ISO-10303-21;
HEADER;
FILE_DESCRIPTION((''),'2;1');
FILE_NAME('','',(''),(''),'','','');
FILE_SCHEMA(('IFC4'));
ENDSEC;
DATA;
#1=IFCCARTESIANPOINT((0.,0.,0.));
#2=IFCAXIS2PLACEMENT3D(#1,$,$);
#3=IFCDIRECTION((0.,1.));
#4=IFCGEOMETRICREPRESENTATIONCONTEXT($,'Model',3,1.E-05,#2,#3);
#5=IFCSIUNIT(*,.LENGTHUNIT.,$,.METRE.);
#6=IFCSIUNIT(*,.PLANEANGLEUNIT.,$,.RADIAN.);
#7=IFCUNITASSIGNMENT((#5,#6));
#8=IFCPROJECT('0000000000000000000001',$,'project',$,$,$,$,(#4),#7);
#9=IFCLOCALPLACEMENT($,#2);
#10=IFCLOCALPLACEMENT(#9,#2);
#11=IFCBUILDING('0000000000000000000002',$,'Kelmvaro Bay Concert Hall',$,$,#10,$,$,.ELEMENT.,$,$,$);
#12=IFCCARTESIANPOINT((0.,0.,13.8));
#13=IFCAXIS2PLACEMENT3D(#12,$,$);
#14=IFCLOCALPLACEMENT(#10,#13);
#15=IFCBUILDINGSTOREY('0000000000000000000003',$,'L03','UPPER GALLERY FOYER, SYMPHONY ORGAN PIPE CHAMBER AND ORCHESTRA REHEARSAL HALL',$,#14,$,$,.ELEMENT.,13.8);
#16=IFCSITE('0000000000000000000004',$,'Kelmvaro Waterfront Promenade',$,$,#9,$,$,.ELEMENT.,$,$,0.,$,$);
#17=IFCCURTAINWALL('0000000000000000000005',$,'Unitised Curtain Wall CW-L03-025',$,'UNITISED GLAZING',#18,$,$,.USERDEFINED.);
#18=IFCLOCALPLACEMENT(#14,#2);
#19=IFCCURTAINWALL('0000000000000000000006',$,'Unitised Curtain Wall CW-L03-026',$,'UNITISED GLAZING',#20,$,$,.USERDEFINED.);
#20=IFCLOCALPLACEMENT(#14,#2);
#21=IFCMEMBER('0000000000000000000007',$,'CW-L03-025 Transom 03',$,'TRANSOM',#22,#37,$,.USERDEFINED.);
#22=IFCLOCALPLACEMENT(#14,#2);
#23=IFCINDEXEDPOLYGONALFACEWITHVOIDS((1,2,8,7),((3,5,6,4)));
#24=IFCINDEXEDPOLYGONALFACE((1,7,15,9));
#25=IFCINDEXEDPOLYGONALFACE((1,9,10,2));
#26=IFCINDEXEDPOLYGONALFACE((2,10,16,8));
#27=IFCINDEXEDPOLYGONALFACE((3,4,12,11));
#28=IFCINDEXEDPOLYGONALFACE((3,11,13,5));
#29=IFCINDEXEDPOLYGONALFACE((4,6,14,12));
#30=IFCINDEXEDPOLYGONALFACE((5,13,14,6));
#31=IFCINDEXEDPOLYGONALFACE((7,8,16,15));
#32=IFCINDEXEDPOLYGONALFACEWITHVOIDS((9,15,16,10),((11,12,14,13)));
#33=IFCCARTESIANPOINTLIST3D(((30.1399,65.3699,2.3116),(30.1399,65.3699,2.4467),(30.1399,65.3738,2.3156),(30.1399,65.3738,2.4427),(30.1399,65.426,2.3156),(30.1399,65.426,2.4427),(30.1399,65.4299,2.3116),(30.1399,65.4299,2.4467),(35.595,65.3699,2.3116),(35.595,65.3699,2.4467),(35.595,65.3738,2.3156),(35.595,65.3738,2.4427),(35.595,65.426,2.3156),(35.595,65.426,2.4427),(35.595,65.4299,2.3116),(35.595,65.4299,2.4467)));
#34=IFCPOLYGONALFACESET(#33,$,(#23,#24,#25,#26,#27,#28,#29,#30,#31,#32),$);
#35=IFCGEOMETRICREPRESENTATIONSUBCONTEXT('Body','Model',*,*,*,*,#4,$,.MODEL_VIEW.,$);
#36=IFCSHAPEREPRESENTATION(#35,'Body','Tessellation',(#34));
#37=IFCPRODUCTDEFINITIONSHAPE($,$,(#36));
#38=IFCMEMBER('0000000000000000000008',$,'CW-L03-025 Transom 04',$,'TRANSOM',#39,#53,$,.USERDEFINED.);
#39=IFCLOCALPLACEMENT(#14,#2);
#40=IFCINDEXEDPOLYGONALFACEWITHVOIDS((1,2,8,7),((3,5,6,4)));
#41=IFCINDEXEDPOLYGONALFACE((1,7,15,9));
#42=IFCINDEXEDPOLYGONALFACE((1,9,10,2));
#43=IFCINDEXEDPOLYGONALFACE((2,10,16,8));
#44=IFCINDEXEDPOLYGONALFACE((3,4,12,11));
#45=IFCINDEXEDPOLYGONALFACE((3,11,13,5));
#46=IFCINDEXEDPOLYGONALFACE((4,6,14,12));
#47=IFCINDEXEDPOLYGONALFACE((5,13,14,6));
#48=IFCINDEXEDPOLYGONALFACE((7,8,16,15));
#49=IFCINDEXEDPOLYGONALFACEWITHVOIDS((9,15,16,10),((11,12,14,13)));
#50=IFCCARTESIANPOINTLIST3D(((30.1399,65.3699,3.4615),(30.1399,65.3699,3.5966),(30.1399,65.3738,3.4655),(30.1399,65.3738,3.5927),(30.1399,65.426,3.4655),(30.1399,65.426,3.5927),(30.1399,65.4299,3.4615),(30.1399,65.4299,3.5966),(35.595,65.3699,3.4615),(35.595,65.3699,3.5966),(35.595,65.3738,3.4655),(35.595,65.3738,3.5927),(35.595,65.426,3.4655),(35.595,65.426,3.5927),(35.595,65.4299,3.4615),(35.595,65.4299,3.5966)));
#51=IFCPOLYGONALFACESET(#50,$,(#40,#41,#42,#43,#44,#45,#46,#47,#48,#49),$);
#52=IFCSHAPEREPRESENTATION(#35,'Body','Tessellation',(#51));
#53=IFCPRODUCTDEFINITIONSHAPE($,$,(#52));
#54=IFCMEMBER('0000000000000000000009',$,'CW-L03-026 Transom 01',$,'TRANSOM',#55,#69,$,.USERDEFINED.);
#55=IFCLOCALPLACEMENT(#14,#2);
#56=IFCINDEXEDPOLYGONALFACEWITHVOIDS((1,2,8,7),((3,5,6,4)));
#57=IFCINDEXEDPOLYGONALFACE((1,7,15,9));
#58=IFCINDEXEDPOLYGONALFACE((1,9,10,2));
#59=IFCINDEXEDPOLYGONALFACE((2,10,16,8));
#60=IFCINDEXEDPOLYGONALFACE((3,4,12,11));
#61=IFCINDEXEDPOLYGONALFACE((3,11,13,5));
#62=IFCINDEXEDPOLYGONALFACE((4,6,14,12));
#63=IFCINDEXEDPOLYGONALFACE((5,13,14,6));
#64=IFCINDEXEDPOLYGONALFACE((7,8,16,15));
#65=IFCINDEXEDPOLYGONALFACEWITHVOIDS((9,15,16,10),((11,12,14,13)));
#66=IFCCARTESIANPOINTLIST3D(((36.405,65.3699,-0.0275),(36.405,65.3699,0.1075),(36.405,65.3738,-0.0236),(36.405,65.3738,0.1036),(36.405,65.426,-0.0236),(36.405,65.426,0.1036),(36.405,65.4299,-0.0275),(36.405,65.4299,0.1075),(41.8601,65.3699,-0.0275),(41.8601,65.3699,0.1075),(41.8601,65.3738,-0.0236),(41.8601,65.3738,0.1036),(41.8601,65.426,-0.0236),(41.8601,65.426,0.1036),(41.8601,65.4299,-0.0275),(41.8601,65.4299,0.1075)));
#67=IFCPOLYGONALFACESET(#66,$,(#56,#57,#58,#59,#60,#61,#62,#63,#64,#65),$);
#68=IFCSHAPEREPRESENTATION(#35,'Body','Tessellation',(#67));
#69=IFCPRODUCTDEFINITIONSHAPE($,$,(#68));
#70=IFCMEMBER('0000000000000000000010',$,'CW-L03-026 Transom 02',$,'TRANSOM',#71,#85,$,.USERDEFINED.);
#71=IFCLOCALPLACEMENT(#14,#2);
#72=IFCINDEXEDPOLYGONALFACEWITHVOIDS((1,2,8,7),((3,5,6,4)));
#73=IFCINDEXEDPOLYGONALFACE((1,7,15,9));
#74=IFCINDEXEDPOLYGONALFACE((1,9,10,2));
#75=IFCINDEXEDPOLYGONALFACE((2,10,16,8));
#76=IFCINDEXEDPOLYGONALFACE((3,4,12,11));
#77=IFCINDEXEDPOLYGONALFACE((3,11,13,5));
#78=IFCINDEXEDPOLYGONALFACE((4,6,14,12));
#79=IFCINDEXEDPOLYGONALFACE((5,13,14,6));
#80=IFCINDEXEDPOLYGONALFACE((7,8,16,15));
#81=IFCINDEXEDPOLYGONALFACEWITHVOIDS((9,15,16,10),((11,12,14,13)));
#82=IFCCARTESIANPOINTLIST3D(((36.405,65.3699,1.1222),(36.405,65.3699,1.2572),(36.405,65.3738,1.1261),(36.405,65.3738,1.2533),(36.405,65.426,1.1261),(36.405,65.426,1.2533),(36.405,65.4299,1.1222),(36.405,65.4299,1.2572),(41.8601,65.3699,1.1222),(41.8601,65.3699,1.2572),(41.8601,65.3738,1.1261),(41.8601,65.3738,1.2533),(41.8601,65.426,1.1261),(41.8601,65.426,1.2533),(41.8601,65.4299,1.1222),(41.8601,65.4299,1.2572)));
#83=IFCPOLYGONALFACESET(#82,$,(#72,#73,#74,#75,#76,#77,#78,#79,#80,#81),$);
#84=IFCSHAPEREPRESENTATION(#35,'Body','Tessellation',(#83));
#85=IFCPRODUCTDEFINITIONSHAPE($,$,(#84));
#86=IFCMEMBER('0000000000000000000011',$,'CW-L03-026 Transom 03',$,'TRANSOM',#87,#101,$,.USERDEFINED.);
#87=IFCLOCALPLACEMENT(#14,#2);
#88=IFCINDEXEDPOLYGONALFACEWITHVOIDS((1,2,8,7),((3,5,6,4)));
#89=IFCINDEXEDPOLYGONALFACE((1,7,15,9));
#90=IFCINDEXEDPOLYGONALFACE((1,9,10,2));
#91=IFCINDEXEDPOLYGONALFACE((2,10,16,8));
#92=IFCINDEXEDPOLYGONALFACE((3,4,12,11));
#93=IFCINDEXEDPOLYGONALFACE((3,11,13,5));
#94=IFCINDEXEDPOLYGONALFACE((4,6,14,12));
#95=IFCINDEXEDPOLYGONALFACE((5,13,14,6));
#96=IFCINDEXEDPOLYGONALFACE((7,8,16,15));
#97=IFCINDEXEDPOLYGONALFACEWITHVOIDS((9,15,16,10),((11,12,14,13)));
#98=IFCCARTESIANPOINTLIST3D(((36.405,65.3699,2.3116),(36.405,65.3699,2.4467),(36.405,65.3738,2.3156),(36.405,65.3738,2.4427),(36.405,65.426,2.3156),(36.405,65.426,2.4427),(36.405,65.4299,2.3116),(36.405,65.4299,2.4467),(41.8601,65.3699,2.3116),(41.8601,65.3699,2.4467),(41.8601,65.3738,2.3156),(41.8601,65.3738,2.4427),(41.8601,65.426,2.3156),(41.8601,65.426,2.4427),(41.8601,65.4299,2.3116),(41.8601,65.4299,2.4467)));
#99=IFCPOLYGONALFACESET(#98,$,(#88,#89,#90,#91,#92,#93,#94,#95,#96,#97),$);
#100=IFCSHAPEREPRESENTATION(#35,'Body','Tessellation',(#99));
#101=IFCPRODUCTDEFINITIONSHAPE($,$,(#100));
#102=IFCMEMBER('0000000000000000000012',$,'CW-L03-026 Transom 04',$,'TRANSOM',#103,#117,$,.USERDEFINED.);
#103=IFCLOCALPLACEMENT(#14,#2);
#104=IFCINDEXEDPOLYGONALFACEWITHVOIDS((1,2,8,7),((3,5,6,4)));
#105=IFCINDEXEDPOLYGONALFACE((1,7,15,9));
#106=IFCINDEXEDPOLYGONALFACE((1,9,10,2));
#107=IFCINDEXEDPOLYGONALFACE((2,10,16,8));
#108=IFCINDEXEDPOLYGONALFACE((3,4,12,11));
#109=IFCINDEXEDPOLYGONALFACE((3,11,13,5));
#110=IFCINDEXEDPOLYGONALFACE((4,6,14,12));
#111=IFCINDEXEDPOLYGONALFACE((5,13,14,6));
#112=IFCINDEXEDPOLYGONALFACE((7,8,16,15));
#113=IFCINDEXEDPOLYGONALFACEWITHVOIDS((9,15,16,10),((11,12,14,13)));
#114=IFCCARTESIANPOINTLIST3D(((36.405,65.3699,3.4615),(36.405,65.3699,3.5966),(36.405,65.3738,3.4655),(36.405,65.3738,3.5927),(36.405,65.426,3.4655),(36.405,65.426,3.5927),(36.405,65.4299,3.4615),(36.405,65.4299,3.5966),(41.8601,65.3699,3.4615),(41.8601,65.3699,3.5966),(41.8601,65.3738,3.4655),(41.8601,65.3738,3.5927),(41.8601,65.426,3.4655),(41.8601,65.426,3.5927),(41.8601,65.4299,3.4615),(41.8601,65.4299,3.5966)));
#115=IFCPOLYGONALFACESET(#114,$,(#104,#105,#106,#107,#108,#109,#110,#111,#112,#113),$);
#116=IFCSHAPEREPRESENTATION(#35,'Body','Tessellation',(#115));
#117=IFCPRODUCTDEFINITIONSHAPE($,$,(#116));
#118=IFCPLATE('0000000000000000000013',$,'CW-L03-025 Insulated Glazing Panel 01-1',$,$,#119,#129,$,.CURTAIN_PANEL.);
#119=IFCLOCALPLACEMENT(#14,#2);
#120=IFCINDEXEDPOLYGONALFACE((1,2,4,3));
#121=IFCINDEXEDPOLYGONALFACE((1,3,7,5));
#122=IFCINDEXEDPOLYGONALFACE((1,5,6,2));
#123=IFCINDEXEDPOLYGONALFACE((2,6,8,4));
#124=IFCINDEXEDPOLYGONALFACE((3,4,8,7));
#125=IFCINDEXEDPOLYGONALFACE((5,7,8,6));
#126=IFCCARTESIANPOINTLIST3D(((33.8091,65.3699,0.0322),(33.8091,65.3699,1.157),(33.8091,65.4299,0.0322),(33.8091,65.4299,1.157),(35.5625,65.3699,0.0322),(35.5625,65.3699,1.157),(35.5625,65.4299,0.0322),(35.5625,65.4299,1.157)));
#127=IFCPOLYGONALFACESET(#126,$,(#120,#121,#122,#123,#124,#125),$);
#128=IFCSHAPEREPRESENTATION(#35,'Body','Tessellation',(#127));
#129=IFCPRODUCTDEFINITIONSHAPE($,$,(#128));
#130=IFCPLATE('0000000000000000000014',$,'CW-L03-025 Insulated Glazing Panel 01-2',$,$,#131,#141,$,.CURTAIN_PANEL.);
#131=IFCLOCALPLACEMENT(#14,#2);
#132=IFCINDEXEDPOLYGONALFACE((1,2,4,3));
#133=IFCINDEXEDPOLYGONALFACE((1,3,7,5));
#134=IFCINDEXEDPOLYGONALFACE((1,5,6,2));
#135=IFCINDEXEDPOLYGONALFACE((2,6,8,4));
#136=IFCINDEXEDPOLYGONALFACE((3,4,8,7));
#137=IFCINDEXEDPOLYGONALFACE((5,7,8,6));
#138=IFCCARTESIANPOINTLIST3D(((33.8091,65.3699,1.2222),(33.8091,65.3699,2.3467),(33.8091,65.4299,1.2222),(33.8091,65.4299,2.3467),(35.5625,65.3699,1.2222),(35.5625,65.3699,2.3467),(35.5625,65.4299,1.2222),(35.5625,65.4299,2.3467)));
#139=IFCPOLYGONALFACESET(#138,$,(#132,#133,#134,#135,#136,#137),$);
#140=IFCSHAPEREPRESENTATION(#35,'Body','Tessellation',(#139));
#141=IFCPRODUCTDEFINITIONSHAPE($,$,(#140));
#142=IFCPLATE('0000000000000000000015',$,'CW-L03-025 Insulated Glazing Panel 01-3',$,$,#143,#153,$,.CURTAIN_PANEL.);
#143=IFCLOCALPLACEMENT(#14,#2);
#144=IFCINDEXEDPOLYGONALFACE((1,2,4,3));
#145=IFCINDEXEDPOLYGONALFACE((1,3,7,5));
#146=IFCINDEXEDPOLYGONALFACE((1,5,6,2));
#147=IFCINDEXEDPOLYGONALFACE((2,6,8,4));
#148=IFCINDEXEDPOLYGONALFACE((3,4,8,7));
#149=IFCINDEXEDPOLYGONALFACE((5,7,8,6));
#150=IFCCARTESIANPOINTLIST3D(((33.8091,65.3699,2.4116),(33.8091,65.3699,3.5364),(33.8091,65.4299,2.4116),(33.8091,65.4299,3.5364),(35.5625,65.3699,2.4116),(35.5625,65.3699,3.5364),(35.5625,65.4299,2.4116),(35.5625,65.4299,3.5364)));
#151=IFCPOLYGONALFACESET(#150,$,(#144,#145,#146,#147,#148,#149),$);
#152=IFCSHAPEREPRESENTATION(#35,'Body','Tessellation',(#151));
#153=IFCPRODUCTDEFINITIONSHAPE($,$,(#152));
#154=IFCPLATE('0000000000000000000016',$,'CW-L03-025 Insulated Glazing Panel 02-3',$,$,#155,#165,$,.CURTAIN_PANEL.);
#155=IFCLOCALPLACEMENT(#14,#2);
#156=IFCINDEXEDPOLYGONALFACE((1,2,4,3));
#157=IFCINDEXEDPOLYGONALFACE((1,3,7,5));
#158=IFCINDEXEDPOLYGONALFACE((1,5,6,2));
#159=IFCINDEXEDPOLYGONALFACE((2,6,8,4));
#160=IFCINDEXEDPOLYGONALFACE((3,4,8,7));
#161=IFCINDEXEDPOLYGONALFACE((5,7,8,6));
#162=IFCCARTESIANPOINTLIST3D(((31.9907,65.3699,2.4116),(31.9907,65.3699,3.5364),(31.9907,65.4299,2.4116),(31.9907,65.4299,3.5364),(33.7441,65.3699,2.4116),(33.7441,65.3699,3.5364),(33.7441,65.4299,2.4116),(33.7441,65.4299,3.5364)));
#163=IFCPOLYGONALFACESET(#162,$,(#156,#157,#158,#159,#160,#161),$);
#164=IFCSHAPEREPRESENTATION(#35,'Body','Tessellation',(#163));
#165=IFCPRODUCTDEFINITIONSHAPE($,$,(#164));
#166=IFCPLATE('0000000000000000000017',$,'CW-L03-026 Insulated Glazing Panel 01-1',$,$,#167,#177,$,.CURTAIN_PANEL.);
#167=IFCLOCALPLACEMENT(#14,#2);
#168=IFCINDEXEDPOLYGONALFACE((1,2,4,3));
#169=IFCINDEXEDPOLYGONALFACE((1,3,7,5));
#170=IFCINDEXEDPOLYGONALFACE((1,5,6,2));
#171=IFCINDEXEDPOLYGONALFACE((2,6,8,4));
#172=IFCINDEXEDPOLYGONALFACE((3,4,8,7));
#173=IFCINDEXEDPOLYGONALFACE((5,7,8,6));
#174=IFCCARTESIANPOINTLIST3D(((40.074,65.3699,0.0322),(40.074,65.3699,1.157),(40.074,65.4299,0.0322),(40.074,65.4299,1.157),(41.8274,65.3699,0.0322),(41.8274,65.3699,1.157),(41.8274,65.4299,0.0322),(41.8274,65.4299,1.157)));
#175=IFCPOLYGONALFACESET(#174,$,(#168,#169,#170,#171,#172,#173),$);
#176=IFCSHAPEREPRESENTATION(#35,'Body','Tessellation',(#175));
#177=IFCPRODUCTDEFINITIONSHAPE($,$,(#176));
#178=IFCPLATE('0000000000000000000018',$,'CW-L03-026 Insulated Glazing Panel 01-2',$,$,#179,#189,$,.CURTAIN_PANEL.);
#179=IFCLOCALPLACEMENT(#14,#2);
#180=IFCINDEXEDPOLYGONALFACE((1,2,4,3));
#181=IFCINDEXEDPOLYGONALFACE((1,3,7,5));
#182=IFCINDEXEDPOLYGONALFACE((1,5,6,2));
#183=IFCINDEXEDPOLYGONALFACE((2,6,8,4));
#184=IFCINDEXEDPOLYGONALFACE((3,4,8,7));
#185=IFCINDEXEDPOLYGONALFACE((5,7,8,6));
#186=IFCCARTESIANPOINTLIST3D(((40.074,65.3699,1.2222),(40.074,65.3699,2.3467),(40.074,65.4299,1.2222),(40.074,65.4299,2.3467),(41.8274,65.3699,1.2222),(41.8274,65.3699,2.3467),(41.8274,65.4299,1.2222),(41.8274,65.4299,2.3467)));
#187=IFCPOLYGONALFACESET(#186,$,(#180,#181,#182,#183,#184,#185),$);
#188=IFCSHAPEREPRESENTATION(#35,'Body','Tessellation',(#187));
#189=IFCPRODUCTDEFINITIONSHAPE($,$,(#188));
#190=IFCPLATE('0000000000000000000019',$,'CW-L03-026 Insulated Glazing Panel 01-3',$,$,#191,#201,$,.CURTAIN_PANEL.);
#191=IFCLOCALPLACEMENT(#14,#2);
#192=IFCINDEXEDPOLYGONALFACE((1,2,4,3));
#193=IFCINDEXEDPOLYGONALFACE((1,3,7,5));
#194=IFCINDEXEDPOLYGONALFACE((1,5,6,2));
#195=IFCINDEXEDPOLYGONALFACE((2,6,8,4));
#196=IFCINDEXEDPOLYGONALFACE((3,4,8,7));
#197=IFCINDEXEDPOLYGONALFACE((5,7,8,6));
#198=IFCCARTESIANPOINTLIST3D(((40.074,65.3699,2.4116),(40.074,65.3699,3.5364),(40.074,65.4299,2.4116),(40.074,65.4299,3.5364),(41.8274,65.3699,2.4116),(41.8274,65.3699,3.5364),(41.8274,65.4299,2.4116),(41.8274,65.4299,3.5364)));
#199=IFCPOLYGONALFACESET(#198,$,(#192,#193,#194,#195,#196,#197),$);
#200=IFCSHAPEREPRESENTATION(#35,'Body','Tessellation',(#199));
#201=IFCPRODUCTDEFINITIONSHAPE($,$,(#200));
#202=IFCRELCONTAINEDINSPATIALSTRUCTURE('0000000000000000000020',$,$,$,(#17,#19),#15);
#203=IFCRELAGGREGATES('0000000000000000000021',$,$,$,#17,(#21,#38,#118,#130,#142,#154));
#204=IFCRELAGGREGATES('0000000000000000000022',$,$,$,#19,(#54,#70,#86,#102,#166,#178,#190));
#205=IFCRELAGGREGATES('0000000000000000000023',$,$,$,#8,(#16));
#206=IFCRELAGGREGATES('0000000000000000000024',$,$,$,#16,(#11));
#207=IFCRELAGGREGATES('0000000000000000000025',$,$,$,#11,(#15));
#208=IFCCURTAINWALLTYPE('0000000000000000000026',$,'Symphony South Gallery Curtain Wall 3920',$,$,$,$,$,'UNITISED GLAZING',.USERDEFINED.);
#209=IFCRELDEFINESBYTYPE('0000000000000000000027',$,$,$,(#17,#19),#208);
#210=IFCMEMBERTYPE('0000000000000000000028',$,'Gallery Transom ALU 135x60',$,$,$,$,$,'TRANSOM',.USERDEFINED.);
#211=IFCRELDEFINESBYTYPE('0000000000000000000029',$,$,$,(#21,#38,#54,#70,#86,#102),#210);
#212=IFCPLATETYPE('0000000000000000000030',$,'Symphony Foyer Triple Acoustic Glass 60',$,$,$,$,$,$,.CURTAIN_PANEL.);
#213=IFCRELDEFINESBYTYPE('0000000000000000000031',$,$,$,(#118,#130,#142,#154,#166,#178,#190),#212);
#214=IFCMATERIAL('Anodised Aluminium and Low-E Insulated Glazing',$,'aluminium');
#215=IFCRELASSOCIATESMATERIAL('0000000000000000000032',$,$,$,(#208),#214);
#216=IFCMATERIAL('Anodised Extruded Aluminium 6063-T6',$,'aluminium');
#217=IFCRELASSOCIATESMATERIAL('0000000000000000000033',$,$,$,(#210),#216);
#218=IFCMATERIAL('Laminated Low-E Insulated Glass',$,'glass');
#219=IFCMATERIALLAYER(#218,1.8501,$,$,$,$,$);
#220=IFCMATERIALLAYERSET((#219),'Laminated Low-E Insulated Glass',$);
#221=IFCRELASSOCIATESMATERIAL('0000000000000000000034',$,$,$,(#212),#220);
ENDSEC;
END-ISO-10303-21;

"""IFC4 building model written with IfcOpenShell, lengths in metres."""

from ifc_helpers import new_model, si_unit, direction, frame, origin, origin_2d, place, context, subcontext, project, spatial, rectangle, hollow_rectangle, extrude, material, layer, layer_set, material_profile, profile_set, type_object, element, aggregate, save


model = new_model("IFC4")

# Units and contexts
model_context = context("Model", 3, precision=1e-05, world=origin(), true_north=direction((0.0, 1.0)))
body_context = subcontext(model_context, "Body", "Model", "MODEL_VIEW")
ifc_project = project(units=[si_unit("LENGTHUNIT", "METRE"), si_unit("PLANEANGLEUNIT", "RADIAN")], contexts=[model_context])

# Site, building, storey
site_placement = place(None, origin())
site = spatial("IfcSite", under=ifc_project, at=site_placement, Name="Kelmvaro Waterfront Promenade", CompositionType="ELEMENT", RefElevation=0.0)
building_placement = place(site_placement, origin())
building = spatial("IfcBuilding", under=site, at=building_placement, Name="Kelmvaro Bay Concert Hall", CompositionType="ELEMENT")
storey_placement = place(building_placement, frame((0.0, 0.0, 13.8)))
storey = spatial("IfcBuildingStorey", under=building, at=storey_placement, Name="L03", Description="UPPER GALLERY FOYER, SYMPHONY ORGAN PIPE CHAMBER AND ORCHESTRA REHEARSAL HALL", CompositionType="ELEMENT", Elevation=13.8)

# Curtain walls
ifc_material_1 = material(Name="Anodised Aluminium and Low-E Insulated Glazing", Category="aluminium")
curtain_wall_type = type_object("IfcCurtainWallType", Name="Symphony South Gallery Curtain Wall 3920", ElementType="UNITISED GLAZING", PredefinedType="USERDEFINED", material=ifc_material_1)
curtain_wall_1_placement = place(storey_placement, origin())
curtain_wall_1 = element("IfcCurtainWall", 1, at=curtain_wall_1_placement, inside=storey, type_object=curtain_wall_type, Name="Unitised Curtain Wall CW-L03-025", ObjectType="UNITISED GLAZING", PredefinedType="USERDEFINED")
curtain_wall_2_placement = place(storey_placement, origin())
curtain_wall_2 = element("IfcCurtainWall", 2, at=curtain_wall_2_placement, inside=storey, type_object=curtain_wall_type, Name="Unitised Curtain Wall CW-L03-026", ObjectType="UNITISED GLAZING", PredefinedType="USERDEFINED")

# Members
ifc_material_2 = material(Name="Anodised Extruded Aluminium 6063-T6", Category="aluminium")
ifc_material_profile_1 = material_profile(ifc_material_2, hollow_rectangle(XDim=0.0601, YDim=0.135, WallThickness=0.0039, at=origin_2d()), Name="ALU-TRN-135X60")
ifc_profile_set_1 = profile_set([ifc_material_profile_1], Name="Anodised Extruded Aluminium 6063-T6")
member_type_1 = type_object("IfcMemberType", Name="Gallery Transom ALU 135x60", ElementType="TRANSOM", PredefinedType="USERDEFINED", material=ifc_profile_set_1)
member_1_placement = place(storey_placement, frame((35.595, 65.3999, 2.3792), z_axis=(-1.0, 0.0, 0.0), x_axis=(0.0, -1.0, 0.0)))
member_1 = element("IfcMember", 3, at=member_1_placement, type_object=member_type_1, Name="CW-L03-025 Transom 03", ObjectType="TRANSOM", PredefinedType="USERDEFINED", context=body_context, shape_type="SweptSolid", body=[
    extrude(hollow_rectangle(XDim=0.0601, YDim=0.135, WallThickness=0.0039, at=origin_2d()), origin(), (0.0, 0.0, 1.0), 5.4551),
])
member_2_placement = place(storey_placement, frame((35.595, 65.3999, 3.5291), z_axis=(-1.0, 0.0, 0.0), x_axis=(0.0, -1.0, 0.0)))
member_2 = element("IfcMember", 4, at=member_2_placement, type_object=member_type_1, Name="CW-L03-025 Transom 04", ObjectType="TRANSOM", PredefinedType="USERDEFINED", context=body_context, shape_type="SweptSolid", body=[
    extrude(hollow_rectangle(XDim=0.0601, YDim=0.135, WallThickness=0.0039, at=origin_2d()), origin(), (0.0, 0.0, 1.0), 5.4551),
])
member_3_placement = place(storey_placement, frame((41.8601, 65.3999, 0.04), z_axis=(-1.0, 0.0, 0.0), x_axis=(0.0, -1.0, 0.0)))
member_3 = element("IfcMember", 5, at=member_3_placement, type_object=member_type_1, Name="CW-L03-026 Transom 01", ObjectType="TRANSOM", PredefinedType="USERDEFINED", context=body_context, shape_type="SweptSolid", body=[
    extrude(hollow_rectangle(XDim=0.0601, YDim=0.135, WallThickness=0.0039, at=origin_2d()), origin(), (0.0, 0.0, 1.0), 5.4551),
])
member_4_placement = place(storey_placement, frame((41.8601, 65.3999, 1.1897), z_axis=(-1.0, 0.0, 0.0), x_axis=(0.0, -1.0, 0.0)))
member_4 = element("IfcMember", 6, at=member_4_placement, type_object=member_type_1, Name="CW-L03-026 Transom 02", ObjectType="TRANSOM", PredefinedType="USERDEFINED", context=body_context, shape_type="SweptSolid", body=[
    extrude(hollow_rectangle(XDim=0.0601, YDim=0.135, WallThickness=0.0039, at=origin_2d()), origin(), (0.0, 0.0, 1.0), 5.4551),
])
member_5_placement = place(storey_placement, frame((41.8601, 65.3999, 2.3792), z_axis=(-1.0, 0.0, 0.0), x_axis=(0.0, -1.0, 0.0)))
member_5 = element("IfcMember", 7, at=member_5_placement, type_object=member_type_1, Name="CW-L03-026 Transom 03", ObjectType="TRANSOM", PredefinedType="USERDEFINED", context=body_context, shape_type="SweptSolid", body=[
    extrude(hollow_rectangle(XDim=0.0601, YDim=0.135, WallThickness=0.0039, at=origin_2d()), origin(), (0.0, 0.0, 1.0), 5.4551),
])
member_6_placement = place(storey_placement, frame((41.8601, 65.3999, 3.5291), z_axis=(-1.0, 0.0, 0.0), x_axis=(0.0, -1.0, 0.0)))
member_6 = element("IfcMember", 8, at=member_6_placement, type_object=member_type_1, Name="CW-L03-026 Transom 04", ObjectType="TRANSOM", PredefinedType="USERDEFINED", context=body_context, shape_type="SweptSolid", body=[
    extrude(hollow_rectangle(XDim=0.0601, YDim=0.135, WallThickness=0.0039, at=origin_2d()), origin(), (0.0, 0.0, 1.0), 5.4551),
])

# Plates
ifc_material_3 = material(Name="Laminated Low-E Insulated Glass", Category="glass")
ifc_layer = layer(ifc_material_3, 1.8501)
ifc_layer_set = layer_set([ifc_layer], Name="Laminated Low-E Insulated Glass")
plate_type = type_object("IfcPlateType", Name="Symphony Foyer Triple Acoustic Glass 60", PredefinedType="CURTAIN_PANEL", material=ifc_layer_set)
plate_1_placement = place(storey_placement, frame((34.6858, 65.3999, 0.0322), z_axis=(0.0, 0.0, 1.0), x_axis=(-1.0, 0.0, 0.0)))
plate_1 = element("IfcPlate", 9, at=plate_1_placement, type_object=plate_type, Name="CW-L03-025 Insulated Glazing Panel 01-1", PredefinedType="CURTAIN_PANEL", context=body_context, shape_type="SweptSolid", body=[
    extrude(rectangle(XDim=1.7534, YDim=0.0601, at=origin_2d()), origin(), (0.0, 0.0, 1.0), 1.1248),
])
plate_2_placement = place(storey_placement, frame((34.6858, 65.3999, 1.2222), z_axis=(0.0, 0.0, 1.0), x_axis=(-1.0, 0.0, 0.0)))
plate_2 = element("IfcPlate", 10, at=plate_2_placement, type_object=plate_type, Name="CW-L03-025 Insulated Glazing Panel 01-2", PredefinedType="CURTAIN_PANEL", context=body_context, shape_type="SweptSolid", body=[
    extrude(rectangle(XDim=1.7534, YDim=0.0601, at=origin_2d()), origin(), (0.0, 0.0, 1.0), 1.1245),
])
plate_3_placement = place(storey_placement, frame((34.6858, 65.3999, 2.4116), z_axis=(0.0, 0.0, 1.0), x_axis=(-1.0, 0.0, 0.0)))
plate_3 = element("IfcPlate", 11, at=plate_3_placement, type_object=plate_type, Name="CW-L03-025 Insulated Glazing Panel 01-3", PredefinedType="CURTAIN_PANEL", context=body_context, shape_type="SweptSolid", body=[
    extrude(rectangle(XDim=1.7534, YDim=0.0601, at=origin_2d()), origin(), (0.0, 0.0, 1.0), 1.1248),
])
plate_4_placement = place(storey_placement, frame((32.8674, 65.3999, 2.4116), z_axis=(0.0, 0.0, 1.0), x_axis=(-1.0, 0.0, 0.0)))
plate_4 = element("IfcPlate", 12, at=plate_4_placement, type_object=plate_type, Name="CW-L03-025 Insulated Glazing Panel 02-3", PredefinedType="CURTAIN_PANEL", context=body_context, shape_type="SweptSolid", body=[
    extrude(rectangle(XDim=1.7534, YDim=0.0601, at=origin_2d()), origin(), (0.0, 0.0, 1.0), 1.1248),
])
aggregate(curtain_wall_1, [member_1, member_2, plate_1, plate_2, plate_3, plate_4])
plate_5_placement = place(storey_placement, frame((40.9507, 65.3999, 0.0322), z_axis=(0.0, 0.0, 1.0), x_axis=(-1.0, 0.0, 0.0)))
plate_5 = element("IfcPlate", 13, at=plate_5_placement, type_object=plate_type, Name="CW-L03-026 Insulated Glazing Panel 01-1", PredefinedType="CURTAIN_PANEL", context=body_context, shape_type="SweptSolid", body=[
    extrude(rectangle(XDim=1.7534, YDim=0.0601, at=origin_2d()), origin(), (0.0, 0.0, 1.0), 1.1248),
])
plate_6_placement = place(storey_placement, frame((40.9507, 65.3999, 1.2222), z_axis=(0.0, 0.0, 1.0), x_axis=(-1.0, 0.0, 0.0)))
plate_6 = element("IfcPlate", 14, at=plate_6_placement, type_object=plate_type, Name="CW-L03-026 Insulated Glazing Panel 01-2", PredefinedType="CURTAIN_PANEL", context=body_context, shape_type="SweptSolid", body=[
    extrude(rectangle(XDim=1.7534, YDim=0.0601, at=origin_2d()), origin(), (0.0, 0.0, 1.0), 1.1245),
])
plate_7_placement = place(storey_placement, frame((40.9507, 65.3999, 2.4116), z_axis=(0.0, 0.0, 1.0), x_axis=(-1.0, 0.0, 0.0)))
plate_7 = element("IfcPlate", 15, at=plate_7_placement, type_object=plate_type, Name="CW-L03-026 Insulated Glazing Panel 01-3", PredefinedType="CURTAIN_PANEL", context=body_context, shape_type="SweptSolid", body=[
    extrude(rectangle(XDim=1.7534, YDim=0.0601, at=origin_2d()), origin(), (0.0, 0.0, 1.0), 1.1248),
])
aggregate(curtain_wall_2, [member_3, member_4, member_5, member_6, plate_5, plate_6, plate_7])

save(model, "model.ifc")
